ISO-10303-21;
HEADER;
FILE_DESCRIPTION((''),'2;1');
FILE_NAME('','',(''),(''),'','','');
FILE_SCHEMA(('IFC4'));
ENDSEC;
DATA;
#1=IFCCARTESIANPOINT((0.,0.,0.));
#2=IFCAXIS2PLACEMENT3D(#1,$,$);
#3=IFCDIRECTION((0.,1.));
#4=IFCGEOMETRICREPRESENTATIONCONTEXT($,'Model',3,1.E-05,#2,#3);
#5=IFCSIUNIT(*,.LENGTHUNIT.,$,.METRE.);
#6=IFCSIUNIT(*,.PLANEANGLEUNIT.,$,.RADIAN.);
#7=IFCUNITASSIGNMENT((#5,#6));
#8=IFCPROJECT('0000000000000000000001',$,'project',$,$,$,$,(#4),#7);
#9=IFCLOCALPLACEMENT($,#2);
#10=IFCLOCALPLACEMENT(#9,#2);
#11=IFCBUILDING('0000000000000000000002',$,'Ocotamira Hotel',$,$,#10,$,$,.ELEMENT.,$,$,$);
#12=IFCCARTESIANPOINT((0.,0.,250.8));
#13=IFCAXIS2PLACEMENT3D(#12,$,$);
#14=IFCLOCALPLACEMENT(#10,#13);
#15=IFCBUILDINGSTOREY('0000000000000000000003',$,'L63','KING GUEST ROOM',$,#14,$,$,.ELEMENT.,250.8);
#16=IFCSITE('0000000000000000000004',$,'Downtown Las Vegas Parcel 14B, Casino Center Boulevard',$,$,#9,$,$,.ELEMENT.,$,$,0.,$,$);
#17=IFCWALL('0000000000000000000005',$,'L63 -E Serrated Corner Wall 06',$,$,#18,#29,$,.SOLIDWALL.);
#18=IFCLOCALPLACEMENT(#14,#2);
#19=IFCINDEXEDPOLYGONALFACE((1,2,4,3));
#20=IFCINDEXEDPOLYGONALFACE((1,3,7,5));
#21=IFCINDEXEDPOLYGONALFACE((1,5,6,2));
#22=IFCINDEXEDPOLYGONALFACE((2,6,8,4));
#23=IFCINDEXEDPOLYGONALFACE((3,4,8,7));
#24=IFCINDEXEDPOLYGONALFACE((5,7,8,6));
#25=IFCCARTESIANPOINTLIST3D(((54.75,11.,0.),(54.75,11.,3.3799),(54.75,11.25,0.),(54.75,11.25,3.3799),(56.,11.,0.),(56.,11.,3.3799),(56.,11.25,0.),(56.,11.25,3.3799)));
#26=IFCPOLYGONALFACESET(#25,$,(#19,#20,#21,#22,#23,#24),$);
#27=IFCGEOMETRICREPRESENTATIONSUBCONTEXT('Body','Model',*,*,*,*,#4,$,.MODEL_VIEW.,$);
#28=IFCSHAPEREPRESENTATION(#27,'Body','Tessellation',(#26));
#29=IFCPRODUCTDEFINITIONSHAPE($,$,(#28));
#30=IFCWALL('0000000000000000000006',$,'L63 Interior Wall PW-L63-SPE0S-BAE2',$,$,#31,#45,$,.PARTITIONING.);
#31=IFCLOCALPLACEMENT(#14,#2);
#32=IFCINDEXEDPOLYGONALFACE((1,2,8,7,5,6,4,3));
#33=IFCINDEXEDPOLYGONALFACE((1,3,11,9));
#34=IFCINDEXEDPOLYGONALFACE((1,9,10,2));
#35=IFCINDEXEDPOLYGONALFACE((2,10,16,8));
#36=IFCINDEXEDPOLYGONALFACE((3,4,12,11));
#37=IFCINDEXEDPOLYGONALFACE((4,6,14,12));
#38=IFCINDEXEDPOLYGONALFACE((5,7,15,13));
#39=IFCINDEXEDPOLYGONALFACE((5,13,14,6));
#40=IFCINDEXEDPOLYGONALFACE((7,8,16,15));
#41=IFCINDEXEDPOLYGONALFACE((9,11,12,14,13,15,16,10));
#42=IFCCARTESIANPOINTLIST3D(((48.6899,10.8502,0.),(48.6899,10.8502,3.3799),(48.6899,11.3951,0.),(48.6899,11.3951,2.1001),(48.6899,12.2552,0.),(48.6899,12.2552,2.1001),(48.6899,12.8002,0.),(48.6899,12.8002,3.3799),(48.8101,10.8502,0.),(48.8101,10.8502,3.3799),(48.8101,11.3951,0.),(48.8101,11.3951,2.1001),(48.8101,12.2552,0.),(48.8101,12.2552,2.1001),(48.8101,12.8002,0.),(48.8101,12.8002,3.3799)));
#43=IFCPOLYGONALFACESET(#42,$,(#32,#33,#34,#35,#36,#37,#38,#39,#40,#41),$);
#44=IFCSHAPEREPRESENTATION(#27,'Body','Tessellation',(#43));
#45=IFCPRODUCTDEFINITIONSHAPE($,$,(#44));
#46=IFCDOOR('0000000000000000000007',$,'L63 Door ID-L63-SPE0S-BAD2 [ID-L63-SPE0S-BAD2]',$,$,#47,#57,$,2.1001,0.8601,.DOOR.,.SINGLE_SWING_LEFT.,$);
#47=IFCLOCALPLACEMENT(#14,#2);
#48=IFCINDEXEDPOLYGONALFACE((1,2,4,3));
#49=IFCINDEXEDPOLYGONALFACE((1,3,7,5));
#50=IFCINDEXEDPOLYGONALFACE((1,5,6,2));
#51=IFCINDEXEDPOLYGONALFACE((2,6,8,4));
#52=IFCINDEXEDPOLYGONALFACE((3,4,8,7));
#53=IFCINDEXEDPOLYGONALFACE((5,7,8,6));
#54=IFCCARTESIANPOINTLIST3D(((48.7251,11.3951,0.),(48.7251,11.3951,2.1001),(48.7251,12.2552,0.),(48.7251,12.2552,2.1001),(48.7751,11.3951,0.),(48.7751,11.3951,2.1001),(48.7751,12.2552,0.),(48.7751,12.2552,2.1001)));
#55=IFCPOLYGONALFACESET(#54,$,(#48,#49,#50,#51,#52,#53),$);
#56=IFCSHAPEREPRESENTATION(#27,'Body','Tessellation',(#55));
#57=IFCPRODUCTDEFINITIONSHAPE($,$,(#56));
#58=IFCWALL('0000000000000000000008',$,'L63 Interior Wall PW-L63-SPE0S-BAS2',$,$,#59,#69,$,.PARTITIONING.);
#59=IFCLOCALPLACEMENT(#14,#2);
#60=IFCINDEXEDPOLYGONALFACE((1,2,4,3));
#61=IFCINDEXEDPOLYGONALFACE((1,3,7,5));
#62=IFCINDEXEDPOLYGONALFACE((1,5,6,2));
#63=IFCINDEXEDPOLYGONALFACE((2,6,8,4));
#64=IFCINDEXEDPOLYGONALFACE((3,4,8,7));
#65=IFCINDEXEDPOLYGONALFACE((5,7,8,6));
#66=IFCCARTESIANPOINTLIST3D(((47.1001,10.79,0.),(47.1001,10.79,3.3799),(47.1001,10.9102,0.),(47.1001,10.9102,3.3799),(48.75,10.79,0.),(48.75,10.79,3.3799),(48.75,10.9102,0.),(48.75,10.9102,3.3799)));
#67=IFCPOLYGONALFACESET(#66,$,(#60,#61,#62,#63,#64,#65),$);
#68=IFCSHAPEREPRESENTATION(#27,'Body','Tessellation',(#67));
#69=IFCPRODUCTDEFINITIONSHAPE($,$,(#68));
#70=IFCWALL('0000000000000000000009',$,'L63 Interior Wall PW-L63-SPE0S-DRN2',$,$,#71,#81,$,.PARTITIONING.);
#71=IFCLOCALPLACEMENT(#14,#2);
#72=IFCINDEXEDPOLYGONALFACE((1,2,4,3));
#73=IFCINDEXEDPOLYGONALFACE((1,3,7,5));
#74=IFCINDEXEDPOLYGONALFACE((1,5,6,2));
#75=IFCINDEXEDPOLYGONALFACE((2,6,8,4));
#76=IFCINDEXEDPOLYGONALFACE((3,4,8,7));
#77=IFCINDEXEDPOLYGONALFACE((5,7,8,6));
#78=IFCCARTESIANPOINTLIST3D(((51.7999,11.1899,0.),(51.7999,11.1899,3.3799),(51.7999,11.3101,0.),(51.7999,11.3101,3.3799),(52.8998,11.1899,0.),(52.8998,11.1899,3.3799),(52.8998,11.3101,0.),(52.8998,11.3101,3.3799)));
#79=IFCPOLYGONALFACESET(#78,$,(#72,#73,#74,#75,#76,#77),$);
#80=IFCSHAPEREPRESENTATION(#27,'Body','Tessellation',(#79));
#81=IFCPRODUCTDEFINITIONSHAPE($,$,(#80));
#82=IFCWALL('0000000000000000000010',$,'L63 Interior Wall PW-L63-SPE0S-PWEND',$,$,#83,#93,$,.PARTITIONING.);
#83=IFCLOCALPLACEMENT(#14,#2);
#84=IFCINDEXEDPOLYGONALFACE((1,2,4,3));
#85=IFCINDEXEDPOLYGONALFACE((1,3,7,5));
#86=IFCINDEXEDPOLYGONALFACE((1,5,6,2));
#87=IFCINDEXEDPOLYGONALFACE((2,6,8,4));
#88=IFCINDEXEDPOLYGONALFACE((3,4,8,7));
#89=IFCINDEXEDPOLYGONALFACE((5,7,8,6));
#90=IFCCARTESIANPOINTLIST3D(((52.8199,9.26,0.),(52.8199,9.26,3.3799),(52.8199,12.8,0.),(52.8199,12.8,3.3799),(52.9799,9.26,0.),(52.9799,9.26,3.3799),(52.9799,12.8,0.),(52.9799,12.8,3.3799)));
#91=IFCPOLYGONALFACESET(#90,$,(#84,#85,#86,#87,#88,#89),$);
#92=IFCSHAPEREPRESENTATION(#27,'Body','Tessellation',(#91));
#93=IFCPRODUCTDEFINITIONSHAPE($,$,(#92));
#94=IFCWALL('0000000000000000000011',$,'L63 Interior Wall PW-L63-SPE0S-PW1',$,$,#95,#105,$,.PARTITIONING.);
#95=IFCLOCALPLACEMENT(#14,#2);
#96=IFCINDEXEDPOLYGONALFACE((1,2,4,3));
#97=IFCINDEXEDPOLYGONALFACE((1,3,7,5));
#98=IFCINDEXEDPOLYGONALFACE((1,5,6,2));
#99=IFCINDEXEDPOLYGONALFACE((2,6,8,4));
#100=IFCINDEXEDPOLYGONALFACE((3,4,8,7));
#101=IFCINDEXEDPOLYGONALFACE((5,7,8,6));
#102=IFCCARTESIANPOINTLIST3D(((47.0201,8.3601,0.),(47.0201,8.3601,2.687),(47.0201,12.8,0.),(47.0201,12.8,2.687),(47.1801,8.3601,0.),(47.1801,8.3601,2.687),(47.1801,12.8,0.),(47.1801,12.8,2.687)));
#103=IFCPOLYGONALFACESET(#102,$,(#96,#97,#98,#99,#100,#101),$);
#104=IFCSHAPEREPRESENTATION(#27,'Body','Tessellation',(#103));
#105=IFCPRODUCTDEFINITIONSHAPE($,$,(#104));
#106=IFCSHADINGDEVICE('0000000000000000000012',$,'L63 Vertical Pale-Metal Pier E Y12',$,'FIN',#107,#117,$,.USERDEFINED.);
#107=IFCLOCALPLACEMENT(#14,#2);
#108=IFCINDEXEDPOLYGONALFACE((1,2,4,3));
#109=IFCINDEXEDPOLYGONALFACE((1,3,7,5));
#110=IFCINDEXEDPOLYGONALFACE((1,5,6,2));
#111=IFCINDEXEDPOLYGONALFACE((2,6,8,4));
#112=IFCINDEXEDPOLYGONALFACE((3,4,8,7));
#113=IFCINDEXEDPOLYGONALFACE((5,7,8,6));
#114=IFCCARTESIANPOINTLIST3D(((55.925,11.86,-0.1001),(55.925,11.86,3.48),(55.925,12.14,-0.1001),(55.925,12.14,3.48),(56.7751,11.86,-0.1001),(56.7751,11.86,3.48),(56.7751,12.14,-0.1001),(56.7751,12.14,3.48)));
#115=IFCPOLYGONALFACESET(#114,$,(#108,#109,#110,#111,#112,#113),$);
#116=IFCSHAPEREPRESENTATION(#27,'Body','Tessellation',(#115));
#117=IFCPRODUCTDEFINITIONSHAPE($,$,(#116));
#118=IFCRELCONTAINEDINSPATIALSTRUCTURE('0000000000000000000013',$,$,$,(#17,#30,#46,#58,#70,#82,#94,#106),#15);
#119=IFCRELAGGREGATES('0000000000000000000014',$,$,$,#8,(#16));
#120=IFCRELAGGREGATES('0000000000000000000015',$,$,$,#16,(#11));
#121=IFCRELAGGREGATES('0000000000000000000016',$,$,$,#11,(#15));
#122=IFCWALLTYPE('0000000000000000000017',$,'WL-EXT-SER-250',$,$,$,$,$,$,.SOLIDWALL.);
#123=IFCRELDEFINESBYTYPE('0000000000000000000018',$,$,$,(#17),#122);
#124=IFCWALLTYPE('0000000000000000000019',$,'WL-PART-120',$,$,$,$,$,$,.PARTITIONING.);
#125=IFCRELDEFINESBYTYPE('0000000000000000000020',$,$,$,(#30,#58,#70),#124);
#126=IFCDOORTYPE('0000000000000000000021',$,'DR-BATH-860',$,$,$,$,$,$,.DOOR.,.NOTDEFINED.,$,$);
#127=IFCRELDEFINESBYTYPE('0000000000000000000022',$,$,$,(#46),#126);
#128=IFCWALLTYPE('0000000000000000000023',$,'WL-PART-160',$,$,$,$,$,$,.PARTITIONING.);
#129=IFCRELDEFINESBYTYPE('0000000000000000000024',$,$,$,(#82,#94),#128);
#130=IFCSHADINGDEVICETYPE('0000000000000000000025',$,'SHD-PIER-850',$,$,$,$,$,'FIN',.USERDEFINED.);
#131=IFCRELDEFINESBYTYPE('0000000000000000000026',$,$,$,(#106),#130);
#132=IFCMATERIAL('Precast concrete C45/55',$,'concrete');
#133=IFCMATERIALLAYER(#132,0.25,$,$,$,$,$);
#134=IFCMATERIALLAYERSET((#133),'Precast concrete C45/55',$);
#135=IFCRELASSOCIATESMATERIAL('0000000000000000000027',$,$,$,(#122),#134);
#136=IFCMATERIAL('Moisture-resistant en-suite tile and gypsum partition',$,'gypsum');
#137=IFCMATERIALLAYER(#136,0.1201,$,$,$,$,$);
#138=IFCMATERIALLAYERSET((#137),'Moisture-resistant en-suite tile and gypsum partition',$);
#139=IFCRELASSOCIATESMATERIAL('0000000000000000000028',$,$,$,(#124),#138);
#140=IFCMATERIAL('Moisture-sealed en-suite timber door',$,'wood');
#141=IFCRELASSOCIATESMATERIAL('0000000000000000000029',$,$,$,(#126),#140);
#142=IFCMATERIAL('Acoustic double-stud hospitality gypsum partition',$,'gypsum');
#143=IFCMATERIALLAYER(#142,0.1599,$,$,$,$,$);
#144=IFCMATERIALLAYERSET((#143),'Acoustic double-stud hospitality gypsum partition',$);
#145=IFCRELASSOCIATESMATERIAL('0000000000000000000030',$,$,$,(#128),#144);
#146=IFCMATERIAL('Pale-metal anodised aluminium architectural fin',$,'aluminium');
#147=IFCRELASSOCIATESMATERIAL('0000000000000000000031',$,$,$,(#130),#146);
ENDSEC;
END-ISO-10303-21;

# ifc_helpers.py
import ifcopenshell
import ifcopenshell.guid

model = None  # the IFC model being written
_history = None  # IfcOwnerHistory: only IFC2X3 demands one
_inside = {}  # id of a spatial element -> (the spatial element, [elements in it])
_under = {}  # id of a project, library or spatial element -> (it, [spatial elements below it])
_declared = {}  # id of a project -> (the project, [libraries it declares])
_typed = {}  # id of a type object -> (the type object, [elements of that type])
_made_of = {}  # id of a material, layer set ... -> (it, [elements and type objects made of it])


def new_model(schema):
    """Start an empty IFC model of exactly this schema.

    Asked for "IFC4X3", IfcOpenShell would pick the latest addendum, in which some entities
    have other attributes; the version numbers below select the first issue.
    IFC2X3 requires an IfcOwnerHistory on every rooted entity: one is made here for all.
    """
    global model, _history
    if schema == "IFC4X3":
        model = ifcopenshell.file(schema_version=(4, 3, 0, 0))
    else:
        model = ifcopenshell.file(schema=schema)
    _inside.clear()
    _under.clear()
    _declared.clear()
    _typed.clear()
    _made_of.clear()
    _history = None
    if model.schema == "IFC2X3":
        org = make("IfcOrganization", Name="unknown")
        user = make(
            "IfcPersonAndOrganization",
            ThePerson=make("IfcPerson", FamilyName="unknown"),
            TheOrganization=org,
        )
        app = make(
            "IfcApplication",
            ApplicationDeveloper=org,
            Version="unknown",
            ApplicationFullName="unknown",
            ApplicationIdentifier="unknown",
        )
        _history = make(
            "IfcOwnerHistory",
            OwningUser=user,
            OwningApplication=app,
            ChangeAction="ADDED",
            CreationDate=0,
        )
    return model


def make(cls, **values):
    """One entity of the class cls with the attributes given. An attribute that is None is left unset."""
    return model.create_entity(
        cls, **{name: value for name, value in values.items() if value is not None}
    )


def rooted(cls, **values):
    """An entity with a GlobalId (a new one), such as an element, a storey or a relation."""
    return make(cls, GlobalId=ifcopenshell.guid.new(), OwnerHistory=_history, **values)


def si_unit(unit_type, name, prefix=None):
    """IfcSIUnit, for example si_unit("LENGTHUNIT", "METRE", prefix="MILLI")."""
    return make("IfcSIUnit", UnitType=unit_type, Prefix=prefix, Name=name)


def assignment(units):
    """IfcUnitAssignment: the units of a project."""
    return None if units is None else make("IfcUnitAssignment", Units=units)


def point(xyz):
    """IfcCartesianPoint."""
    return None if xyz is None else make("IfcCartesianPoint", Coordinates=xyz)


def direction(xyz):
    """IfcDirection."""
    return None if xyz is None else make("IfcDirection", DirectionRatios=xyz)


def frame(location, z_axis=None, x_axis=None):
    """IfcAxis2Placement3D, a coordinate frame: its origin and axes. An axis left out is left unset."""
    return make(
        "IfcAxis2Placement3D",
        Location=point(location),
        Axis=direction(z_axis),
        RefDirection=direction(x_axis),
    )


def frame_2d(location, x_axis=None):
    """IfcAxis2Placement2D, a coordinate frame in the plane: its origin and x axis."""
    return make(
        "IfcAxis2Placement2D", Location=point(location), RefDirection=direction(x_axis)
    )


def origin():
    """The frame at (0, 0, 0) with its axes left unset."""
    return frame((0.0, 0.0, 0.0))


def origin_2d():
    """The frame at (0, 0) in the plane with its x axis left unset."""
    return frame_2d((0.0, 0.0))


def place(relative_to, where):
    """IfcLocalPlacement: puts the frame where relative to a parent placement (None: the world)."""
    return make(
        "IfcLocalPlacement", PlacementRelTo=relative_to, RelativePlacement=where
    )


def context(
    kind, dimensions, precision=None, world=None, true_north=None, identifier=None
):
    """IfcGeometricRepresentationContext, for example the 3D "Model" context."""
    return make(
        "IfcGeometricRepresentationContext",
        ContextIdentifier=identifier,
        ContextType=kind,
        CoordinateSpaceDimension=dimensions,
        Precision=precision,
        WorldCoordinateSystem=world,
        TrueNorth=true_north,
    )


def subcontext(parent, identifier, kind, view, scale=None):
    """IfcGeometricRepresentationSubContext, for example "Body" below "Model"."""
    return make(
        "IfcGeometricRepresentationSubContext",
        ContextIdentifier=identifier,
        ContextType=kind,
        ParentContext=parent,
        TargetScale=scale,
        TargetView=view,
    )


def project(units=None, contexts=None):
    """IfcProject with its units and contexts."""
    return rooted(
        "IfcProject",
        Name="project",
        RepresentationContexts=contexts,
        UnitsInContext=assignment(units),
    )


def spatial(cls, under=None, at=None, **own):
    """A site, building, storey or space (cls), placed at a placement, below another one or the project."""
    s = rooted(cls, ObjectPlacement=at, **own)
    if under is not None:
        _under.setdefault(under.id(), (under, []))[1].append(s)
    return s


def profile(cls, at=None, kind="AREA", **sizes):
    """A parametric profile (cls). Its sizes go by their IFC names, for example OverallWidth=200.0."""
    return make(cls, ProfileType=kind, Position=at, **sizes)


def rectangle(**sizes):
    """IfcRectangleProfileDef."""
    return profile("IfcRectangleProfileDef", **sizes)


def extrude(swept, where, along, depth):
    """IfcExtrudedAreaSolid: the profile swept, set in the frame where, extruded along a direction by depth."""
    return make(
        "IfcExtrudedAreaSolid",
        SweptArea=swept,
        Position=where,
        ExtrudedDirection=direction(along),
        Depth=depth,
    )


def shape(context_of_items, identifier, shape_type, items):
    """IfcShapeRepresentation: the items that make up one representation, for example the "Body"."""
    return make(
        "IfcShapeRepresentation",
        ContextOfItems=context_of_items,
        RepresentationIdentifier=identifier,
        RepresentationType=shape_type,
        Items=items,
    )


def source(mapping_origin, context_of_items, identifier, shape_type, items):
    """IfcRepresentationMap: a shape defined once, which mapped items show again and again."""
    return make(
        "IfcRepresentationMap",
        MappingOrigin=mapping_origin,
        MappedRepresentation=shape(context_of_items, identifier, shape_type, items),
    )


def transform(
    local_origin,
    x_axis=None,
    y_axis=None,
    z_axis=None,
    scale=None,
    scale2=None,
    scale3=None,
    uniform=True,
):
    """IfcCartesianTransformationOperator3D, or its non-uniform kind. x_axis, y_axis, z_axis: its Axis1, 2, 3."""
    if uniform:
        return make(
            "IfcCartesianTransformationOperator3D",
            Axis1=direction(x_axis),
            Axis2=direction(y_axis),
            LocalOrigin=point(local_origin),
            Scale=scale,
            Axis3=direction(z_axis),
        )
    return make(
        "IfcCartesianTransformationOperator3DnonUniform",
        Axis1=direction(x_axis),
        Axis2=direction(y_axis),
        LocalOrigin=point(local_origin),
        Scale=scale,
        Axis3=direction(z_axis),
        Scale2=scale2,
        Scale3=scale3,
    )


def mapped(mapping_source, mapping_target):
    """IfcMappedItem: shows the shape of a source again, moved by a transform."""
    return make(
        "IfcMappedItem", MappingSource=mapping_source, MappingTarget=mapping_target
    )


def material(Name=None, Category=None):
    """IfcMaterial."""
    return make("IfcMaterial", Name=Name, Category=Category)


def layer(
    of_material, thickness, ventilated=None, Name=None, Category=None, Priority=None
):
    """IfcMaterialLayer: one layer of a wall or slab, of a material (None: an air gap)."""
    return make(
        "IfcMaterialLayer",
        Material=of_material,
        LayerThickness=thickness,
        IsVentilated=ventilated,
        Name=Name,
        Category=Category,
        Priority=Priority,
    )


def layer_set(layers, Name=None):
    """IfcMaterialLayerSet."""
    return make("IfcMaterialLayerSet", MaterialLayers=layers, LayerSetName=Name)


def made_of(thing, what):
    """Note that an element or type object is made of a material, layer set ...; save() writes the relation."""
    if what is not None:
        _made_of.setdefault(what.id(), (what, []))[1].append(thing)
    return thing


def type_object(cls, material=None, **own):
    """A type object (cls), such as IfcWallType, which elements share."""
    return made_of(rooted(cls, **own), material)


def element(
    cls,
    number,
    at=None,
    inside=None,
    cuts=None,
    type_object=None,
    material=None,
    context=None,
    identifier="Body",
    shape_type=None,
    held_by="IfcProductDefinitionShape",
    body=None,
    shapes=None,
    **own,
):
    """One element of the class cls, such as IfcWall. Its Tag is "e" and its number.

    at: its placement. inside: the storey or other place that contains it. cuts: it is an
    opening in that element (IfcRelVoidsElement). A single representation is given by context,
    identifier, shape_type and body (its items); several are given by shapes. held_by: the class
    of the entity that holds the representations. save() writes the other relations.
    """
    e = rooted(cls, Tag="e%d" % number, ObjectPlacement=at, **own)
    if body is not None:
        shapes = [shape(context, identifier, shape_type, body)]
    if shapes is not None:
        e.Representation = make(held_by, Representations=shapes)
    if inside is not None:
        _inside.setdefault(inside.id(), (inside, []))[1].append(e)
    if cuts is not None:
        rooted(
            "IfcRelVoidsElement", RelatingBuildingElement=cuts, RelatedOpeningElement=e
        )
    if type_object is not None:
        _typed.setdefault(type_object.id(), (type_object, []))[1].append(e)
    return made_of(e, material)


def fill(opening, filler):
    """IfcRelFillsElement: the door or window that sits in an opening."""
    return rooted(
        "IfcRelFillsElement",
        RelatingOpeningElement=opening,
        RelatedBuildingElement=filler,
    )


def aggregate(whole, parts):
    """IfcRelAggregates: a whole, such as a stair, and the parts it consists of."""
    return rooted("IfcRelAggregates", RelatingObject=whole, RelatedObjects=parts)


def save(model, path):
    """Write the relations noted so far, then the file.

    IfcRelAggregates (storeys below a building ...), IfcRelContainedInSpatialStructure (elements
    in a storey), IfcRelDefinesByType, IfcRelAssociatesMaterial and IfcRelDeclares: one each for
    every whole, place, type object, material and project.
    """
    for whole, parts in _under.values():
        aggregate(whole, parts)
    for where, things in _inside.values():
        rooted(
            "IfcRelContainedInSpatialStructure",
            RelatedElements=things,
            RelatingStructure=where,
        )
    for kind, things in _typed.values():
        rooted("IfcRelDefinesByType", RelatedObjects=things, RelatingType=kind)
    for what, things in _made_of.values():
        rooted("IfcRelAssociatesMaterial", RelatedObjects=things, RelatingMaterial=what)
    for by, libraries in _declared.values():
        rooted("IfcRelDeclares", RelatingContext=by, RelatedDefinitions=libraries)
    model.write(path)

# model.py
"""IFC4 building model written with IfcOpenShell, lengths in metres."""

from ifc_helpers import new_model, si_unit, direction, frame, frame_2d, origin, origin_2d, place, context, subcontext, project, spatial, rectangle, extrude, source, transform, mapped, material, layer, layer_set, type_object, element, fill, save


model = new_model("IFC4")

# Units and contexts
model_context = context("Model", 3, precision=1e-05, world=origin(), true_north=direction((0.0, 1.0)))
body_context = subcontext(model_context, "Body", "Model", "MODEL_VIEW")
ifc_project = project(units=[si_unit("LENGTHUNIT", "METRE"), si_unit("PLANEANGLEUNIT", "RADIAN")], contexts=[model_context])

# Site, building, storey
site_placement = place(None, origin())
site = spatial("IfcSite", under=ifc_project, at=site_placement, Name="Downtown Las Vegas Parcel 14B, Casino Center Boulevard", CompositionType="ELEMENT", RefElevation=0.0)
building_placement = place(site_placement, origin())
building = spatial("IfcBuilding", under=site, at=building_placement, Name="Ocotamira Hotel", CompositionType="ELEMENT")
storey_placement = place(building_placement, frame((0.0, 0.0, 250.8)))
storey = spatial("IfcBuildingStorey", under=building, at=storey_placement, Name="L63", Description="KING GUEST ROOM", CompositionType="ELEMENT", Elevation=250.8)

# Wall
ifc_material_1 = material(Name="Precast concrete C45/55", Category="concrete")
ifc_layer_1 = layer(ifc_material_1, 0.25)
ifc_layer_set_1 = layer_set([ifc_layer_1], Name="Precast concrete C45/55")
wall_type_1 = type_object("IfcWallType", Name="WL-EXT-SER-250", PredefinedType="SOLIDWALL", material=ifc_layer_set_1)
wall_1_placement = place(storey_placement, frame((54.75, 11.125, 0.0), z_axis=(0.0, 0.0, 1.0), x_axis=(1.0, 0.0, 0.0)))
element("IfcWall", 1, at=wall_1_placement, inside=storey, type_object=wall_type_1, Name="L63 -E Serrated Corner Wall 06", PredefinedType="SOLIDWALL", context=body_context, shape_type="SweptSolid", body=[
    extrude(rectangle(XDim=1.25, YDim=0.25, at=frame_2d((0.625, 0.0))), origin(), (0.0, 0.0, 1.0), 3.3799),
])

# Wall, opening, door
ifc_material_2 = material(Name="Moisture-resistant en-suite tile and gypsum partition", Category="gypsum")
ifc_layer_2 = layer(ifc_material_2, 0.1201)
ifc_layer_set_2 = layer_set([ifc_layer_2], Name="Moisture-resistant en-suite tile and gypsum partition")
wall_type_2 = type_object("IfcWallType", Name="WL-PART-120", PredefinedType="PARTITIONING", material=ifc_layer_set_2)
wall_2_placement = place(storey_placement, frame((48.75, 10.8501, 0.0), z_axis=(0.0, 0.0, 1.0), x_axis=(0.0, 1.0, 0.0)))
wall_2 = element("IfcWall", 2, at=wall_2_placement, inside=storey, type_object=wall_type_2, Name="L63 Interior Wall PW-L63-SPE0S-BAE2", PredefinedType="PARTITIONING", context=body_context, shape_type="SweptSolid", body=[
    extrude(rectangle(XDim=1.95, YDim=0.1201, at=frame_2d((0.9751, 0.0))), origin(), (0.0, 0.0, 1.0), 3.3799),
])
opening_placement = place(wall_2_placement, frame((0.5449, 0.0, 0.0)))
opening = element("IfcOpeningElement", 3, at=opening_placement, cuts=wall_2, PredefinedType="OPENING", context=body_context, shape_type="SweptSolid", body=[
    extrude(rectangle(XDim=0.8601, YDim=2.1001, at=frame_2d((0.4302, 1.05))), frame((0.0, 0.0701, 0.0), z_axis=(0.0, -1.0, 0.0), x_axis=(1.0, 0.0, 0.0)), (0.0, 0.0, 1.0), 0.1401),
])
ifc_material_3 = material(Name="Moisture-sealed en-suite timber door", Category="wood")
door_type = type_object("IfcDoorType", Name="DR-BATH-860", OperationType="NOTDEFINED", PredefinedType="DOOR", material=ifc_material_3)
shared_shape_1 = source(origin(), body_context, "Body", "SweptSolid", [
    extrude(rectangle(XDim=0.8601, YDim=2.1001, at=frame_2d((0.4302, 1.05))), frame((0.0, 0.0249, 0.0), z_axis=(0.0, -1.0, 0.0), x_axis=(1.0, 0.0, 0.0)), (0.0, 0.0, 1.0), 0.05),
])
door_placement = place(opening_placement, origin())
door = element("IfcDoor", 4, at=door_placement, inside=storey, type_object=door_type, Name="L63 Door ID-L63-SPE0S-BAD2 [ID-L63-SPE0S-BAD2]", OperationType="SINGLE_SWING_LEFT", OverallHeight=2.1001, OverallWidth=0.8601, PredefinedType="DOOR", context=body_context, shape_type="MappedRepresentation", body=[
    mapped(shared_shape_1, transform((0.0, 0.0, 0.0), scale=1.0)),
])
fill(opening, door)

# Walls
wall_3_placement = place(storey_placement, frame((47.1001, 10.8501, 0.0), z_axis=(0.0, 0.0, 1.0), x_axis=(1.0, 0.0, 0.0)))
element("IfcWall", 5, at=wall_3_placement, inside=storey, type_object=wall_type_2, Name="L63 Interior Wall PW-L63-SPE0S-BAS2", PredefinedType="PARTITIONING", context=body_context, shape_type="SweptSolid", body=[
    extrude(rectangle(XDim=1.6499, YDim=0.1201, at=frame_2d((0.825, 0.0))), origin(), (0.0, 0.0, 1.0), 3.3799),
])
wall_4_placement = place(storey_placement, frame((51.8, 11.25, 0.0), z_axis=(0.0, 0.0, 1.0), x_axis=(1.0, 0.0, 0.0)))
element("IfcWall", 6, at=wall_4_placement, inside=storey, type_object=wall_type_2, Name="L63 Interior Wall PW-L63-SPE0S-DRN2", PredefinedType="PARTITIONING", context=body_context, shape_type="SweptSolid", body=[
    extrude(rectangle(XDim=1.0999, YDim=0.1201, at=frame_2d((0.5498, 0.0))), origin(), (0.0, 0.0, 1.0), 3.3799),
])
ifc_material_4 = material(Name="Acoustic double-stud hospitality gypsum partition", Category="gypsum")
ifc_layer_3 = layer(ifc_material_4, 0.1599)
ifc_layer_set_3 = layer_set([ifc_layer_3], Name="Acoustic double-stud hospitality gypsum partition")
wall_type_3 = type_object("IfcWallType", Name="WL-PART-160", PredefinedType="PARTITIONING", material=ifc_layer_set_3)
wall_5_placement = place(storey_placement, frame((52.8999, 9.26, 0.0), z_axis=(0.0, 0.0, 1.0), x_axis=(0.0, 1.0, 0.0)))
element("IfcWall", 7, at=wall_5_placement, inside=storey, type_object=wall_type_3, Name="L63 Interior Wall PW-L63-SPE0S-PWEND", PredefinedType="PARTITIONING", context=body_context, shape_type="SweptSolid", body=[
    extrude(rectangle(XDim=3.54, YDim=0.1599, at=frame_2d((1.77, 0.0))), origin(), (0.0, 0.0, 1.0), 3.3799),
])
wall_6_placement = place(storey_placement, frame((47.1001, 8.3601, 0.0), z_axis=(0.0, 0.0, 1.0), x_axis=(0.0, 1.0, 0.0)))
element("IfcWall", 8, at=wall_6_placement, inside=storey, type_object=wall_type_3, Name="L63 Interior Wall PW-L63-SPE0S-PW1", PredefinedType="PARTITIONING", context=body_context, shape_type="SweptSolid", body=[
    extrude(rectangle(XDim=4.4399, YDim=0.1599, at=frame_2d((2.22, 0.0))), origin(), (0.0, 0.0, 1.0), 2.687),
])

# Shading device
ifc_material_5 = material(Name="Pale-metal anodised aluminium architectural fin", Category="aluminium")
shading_device_type = type_object("IfcShadingDeviceType", Name="SHD-PIER-850", ElementType="FIN", PredefinedType="USERDEFINED", material=ifc_material_5)
shared_shape_2 = source(origin(), body_context, "Body", "SweptSolid", [
    extrude(rectangle(XDim=0.8501, YDim=0.28, at=origin_2d()), origin(), (0.0, 0.0, 1.0), 3.5801),
])
shading_device_placement = place(storey_placement, frame((56.3501, 12.0, -0.1001), z_axis=(0.0, 0.0, 1.0), x_axis=(1.0, 0.0, 0.0)))
element("IfcShadingDevice", 9, at=shading_device_placement, inside=storey, type_object=shading_device_type, Name="L63 Vertical Pale-Metal Pier E Y12", ObjectType="FIN", PredefinedType="USERDEFINED", context=body_context, shape_type="MappedRepresentation", body=[
    mapped(shared_shape_2, transform((0.0, 0.0, 0.0), scale=1.0)),
])

save(model, "model.ifc")
